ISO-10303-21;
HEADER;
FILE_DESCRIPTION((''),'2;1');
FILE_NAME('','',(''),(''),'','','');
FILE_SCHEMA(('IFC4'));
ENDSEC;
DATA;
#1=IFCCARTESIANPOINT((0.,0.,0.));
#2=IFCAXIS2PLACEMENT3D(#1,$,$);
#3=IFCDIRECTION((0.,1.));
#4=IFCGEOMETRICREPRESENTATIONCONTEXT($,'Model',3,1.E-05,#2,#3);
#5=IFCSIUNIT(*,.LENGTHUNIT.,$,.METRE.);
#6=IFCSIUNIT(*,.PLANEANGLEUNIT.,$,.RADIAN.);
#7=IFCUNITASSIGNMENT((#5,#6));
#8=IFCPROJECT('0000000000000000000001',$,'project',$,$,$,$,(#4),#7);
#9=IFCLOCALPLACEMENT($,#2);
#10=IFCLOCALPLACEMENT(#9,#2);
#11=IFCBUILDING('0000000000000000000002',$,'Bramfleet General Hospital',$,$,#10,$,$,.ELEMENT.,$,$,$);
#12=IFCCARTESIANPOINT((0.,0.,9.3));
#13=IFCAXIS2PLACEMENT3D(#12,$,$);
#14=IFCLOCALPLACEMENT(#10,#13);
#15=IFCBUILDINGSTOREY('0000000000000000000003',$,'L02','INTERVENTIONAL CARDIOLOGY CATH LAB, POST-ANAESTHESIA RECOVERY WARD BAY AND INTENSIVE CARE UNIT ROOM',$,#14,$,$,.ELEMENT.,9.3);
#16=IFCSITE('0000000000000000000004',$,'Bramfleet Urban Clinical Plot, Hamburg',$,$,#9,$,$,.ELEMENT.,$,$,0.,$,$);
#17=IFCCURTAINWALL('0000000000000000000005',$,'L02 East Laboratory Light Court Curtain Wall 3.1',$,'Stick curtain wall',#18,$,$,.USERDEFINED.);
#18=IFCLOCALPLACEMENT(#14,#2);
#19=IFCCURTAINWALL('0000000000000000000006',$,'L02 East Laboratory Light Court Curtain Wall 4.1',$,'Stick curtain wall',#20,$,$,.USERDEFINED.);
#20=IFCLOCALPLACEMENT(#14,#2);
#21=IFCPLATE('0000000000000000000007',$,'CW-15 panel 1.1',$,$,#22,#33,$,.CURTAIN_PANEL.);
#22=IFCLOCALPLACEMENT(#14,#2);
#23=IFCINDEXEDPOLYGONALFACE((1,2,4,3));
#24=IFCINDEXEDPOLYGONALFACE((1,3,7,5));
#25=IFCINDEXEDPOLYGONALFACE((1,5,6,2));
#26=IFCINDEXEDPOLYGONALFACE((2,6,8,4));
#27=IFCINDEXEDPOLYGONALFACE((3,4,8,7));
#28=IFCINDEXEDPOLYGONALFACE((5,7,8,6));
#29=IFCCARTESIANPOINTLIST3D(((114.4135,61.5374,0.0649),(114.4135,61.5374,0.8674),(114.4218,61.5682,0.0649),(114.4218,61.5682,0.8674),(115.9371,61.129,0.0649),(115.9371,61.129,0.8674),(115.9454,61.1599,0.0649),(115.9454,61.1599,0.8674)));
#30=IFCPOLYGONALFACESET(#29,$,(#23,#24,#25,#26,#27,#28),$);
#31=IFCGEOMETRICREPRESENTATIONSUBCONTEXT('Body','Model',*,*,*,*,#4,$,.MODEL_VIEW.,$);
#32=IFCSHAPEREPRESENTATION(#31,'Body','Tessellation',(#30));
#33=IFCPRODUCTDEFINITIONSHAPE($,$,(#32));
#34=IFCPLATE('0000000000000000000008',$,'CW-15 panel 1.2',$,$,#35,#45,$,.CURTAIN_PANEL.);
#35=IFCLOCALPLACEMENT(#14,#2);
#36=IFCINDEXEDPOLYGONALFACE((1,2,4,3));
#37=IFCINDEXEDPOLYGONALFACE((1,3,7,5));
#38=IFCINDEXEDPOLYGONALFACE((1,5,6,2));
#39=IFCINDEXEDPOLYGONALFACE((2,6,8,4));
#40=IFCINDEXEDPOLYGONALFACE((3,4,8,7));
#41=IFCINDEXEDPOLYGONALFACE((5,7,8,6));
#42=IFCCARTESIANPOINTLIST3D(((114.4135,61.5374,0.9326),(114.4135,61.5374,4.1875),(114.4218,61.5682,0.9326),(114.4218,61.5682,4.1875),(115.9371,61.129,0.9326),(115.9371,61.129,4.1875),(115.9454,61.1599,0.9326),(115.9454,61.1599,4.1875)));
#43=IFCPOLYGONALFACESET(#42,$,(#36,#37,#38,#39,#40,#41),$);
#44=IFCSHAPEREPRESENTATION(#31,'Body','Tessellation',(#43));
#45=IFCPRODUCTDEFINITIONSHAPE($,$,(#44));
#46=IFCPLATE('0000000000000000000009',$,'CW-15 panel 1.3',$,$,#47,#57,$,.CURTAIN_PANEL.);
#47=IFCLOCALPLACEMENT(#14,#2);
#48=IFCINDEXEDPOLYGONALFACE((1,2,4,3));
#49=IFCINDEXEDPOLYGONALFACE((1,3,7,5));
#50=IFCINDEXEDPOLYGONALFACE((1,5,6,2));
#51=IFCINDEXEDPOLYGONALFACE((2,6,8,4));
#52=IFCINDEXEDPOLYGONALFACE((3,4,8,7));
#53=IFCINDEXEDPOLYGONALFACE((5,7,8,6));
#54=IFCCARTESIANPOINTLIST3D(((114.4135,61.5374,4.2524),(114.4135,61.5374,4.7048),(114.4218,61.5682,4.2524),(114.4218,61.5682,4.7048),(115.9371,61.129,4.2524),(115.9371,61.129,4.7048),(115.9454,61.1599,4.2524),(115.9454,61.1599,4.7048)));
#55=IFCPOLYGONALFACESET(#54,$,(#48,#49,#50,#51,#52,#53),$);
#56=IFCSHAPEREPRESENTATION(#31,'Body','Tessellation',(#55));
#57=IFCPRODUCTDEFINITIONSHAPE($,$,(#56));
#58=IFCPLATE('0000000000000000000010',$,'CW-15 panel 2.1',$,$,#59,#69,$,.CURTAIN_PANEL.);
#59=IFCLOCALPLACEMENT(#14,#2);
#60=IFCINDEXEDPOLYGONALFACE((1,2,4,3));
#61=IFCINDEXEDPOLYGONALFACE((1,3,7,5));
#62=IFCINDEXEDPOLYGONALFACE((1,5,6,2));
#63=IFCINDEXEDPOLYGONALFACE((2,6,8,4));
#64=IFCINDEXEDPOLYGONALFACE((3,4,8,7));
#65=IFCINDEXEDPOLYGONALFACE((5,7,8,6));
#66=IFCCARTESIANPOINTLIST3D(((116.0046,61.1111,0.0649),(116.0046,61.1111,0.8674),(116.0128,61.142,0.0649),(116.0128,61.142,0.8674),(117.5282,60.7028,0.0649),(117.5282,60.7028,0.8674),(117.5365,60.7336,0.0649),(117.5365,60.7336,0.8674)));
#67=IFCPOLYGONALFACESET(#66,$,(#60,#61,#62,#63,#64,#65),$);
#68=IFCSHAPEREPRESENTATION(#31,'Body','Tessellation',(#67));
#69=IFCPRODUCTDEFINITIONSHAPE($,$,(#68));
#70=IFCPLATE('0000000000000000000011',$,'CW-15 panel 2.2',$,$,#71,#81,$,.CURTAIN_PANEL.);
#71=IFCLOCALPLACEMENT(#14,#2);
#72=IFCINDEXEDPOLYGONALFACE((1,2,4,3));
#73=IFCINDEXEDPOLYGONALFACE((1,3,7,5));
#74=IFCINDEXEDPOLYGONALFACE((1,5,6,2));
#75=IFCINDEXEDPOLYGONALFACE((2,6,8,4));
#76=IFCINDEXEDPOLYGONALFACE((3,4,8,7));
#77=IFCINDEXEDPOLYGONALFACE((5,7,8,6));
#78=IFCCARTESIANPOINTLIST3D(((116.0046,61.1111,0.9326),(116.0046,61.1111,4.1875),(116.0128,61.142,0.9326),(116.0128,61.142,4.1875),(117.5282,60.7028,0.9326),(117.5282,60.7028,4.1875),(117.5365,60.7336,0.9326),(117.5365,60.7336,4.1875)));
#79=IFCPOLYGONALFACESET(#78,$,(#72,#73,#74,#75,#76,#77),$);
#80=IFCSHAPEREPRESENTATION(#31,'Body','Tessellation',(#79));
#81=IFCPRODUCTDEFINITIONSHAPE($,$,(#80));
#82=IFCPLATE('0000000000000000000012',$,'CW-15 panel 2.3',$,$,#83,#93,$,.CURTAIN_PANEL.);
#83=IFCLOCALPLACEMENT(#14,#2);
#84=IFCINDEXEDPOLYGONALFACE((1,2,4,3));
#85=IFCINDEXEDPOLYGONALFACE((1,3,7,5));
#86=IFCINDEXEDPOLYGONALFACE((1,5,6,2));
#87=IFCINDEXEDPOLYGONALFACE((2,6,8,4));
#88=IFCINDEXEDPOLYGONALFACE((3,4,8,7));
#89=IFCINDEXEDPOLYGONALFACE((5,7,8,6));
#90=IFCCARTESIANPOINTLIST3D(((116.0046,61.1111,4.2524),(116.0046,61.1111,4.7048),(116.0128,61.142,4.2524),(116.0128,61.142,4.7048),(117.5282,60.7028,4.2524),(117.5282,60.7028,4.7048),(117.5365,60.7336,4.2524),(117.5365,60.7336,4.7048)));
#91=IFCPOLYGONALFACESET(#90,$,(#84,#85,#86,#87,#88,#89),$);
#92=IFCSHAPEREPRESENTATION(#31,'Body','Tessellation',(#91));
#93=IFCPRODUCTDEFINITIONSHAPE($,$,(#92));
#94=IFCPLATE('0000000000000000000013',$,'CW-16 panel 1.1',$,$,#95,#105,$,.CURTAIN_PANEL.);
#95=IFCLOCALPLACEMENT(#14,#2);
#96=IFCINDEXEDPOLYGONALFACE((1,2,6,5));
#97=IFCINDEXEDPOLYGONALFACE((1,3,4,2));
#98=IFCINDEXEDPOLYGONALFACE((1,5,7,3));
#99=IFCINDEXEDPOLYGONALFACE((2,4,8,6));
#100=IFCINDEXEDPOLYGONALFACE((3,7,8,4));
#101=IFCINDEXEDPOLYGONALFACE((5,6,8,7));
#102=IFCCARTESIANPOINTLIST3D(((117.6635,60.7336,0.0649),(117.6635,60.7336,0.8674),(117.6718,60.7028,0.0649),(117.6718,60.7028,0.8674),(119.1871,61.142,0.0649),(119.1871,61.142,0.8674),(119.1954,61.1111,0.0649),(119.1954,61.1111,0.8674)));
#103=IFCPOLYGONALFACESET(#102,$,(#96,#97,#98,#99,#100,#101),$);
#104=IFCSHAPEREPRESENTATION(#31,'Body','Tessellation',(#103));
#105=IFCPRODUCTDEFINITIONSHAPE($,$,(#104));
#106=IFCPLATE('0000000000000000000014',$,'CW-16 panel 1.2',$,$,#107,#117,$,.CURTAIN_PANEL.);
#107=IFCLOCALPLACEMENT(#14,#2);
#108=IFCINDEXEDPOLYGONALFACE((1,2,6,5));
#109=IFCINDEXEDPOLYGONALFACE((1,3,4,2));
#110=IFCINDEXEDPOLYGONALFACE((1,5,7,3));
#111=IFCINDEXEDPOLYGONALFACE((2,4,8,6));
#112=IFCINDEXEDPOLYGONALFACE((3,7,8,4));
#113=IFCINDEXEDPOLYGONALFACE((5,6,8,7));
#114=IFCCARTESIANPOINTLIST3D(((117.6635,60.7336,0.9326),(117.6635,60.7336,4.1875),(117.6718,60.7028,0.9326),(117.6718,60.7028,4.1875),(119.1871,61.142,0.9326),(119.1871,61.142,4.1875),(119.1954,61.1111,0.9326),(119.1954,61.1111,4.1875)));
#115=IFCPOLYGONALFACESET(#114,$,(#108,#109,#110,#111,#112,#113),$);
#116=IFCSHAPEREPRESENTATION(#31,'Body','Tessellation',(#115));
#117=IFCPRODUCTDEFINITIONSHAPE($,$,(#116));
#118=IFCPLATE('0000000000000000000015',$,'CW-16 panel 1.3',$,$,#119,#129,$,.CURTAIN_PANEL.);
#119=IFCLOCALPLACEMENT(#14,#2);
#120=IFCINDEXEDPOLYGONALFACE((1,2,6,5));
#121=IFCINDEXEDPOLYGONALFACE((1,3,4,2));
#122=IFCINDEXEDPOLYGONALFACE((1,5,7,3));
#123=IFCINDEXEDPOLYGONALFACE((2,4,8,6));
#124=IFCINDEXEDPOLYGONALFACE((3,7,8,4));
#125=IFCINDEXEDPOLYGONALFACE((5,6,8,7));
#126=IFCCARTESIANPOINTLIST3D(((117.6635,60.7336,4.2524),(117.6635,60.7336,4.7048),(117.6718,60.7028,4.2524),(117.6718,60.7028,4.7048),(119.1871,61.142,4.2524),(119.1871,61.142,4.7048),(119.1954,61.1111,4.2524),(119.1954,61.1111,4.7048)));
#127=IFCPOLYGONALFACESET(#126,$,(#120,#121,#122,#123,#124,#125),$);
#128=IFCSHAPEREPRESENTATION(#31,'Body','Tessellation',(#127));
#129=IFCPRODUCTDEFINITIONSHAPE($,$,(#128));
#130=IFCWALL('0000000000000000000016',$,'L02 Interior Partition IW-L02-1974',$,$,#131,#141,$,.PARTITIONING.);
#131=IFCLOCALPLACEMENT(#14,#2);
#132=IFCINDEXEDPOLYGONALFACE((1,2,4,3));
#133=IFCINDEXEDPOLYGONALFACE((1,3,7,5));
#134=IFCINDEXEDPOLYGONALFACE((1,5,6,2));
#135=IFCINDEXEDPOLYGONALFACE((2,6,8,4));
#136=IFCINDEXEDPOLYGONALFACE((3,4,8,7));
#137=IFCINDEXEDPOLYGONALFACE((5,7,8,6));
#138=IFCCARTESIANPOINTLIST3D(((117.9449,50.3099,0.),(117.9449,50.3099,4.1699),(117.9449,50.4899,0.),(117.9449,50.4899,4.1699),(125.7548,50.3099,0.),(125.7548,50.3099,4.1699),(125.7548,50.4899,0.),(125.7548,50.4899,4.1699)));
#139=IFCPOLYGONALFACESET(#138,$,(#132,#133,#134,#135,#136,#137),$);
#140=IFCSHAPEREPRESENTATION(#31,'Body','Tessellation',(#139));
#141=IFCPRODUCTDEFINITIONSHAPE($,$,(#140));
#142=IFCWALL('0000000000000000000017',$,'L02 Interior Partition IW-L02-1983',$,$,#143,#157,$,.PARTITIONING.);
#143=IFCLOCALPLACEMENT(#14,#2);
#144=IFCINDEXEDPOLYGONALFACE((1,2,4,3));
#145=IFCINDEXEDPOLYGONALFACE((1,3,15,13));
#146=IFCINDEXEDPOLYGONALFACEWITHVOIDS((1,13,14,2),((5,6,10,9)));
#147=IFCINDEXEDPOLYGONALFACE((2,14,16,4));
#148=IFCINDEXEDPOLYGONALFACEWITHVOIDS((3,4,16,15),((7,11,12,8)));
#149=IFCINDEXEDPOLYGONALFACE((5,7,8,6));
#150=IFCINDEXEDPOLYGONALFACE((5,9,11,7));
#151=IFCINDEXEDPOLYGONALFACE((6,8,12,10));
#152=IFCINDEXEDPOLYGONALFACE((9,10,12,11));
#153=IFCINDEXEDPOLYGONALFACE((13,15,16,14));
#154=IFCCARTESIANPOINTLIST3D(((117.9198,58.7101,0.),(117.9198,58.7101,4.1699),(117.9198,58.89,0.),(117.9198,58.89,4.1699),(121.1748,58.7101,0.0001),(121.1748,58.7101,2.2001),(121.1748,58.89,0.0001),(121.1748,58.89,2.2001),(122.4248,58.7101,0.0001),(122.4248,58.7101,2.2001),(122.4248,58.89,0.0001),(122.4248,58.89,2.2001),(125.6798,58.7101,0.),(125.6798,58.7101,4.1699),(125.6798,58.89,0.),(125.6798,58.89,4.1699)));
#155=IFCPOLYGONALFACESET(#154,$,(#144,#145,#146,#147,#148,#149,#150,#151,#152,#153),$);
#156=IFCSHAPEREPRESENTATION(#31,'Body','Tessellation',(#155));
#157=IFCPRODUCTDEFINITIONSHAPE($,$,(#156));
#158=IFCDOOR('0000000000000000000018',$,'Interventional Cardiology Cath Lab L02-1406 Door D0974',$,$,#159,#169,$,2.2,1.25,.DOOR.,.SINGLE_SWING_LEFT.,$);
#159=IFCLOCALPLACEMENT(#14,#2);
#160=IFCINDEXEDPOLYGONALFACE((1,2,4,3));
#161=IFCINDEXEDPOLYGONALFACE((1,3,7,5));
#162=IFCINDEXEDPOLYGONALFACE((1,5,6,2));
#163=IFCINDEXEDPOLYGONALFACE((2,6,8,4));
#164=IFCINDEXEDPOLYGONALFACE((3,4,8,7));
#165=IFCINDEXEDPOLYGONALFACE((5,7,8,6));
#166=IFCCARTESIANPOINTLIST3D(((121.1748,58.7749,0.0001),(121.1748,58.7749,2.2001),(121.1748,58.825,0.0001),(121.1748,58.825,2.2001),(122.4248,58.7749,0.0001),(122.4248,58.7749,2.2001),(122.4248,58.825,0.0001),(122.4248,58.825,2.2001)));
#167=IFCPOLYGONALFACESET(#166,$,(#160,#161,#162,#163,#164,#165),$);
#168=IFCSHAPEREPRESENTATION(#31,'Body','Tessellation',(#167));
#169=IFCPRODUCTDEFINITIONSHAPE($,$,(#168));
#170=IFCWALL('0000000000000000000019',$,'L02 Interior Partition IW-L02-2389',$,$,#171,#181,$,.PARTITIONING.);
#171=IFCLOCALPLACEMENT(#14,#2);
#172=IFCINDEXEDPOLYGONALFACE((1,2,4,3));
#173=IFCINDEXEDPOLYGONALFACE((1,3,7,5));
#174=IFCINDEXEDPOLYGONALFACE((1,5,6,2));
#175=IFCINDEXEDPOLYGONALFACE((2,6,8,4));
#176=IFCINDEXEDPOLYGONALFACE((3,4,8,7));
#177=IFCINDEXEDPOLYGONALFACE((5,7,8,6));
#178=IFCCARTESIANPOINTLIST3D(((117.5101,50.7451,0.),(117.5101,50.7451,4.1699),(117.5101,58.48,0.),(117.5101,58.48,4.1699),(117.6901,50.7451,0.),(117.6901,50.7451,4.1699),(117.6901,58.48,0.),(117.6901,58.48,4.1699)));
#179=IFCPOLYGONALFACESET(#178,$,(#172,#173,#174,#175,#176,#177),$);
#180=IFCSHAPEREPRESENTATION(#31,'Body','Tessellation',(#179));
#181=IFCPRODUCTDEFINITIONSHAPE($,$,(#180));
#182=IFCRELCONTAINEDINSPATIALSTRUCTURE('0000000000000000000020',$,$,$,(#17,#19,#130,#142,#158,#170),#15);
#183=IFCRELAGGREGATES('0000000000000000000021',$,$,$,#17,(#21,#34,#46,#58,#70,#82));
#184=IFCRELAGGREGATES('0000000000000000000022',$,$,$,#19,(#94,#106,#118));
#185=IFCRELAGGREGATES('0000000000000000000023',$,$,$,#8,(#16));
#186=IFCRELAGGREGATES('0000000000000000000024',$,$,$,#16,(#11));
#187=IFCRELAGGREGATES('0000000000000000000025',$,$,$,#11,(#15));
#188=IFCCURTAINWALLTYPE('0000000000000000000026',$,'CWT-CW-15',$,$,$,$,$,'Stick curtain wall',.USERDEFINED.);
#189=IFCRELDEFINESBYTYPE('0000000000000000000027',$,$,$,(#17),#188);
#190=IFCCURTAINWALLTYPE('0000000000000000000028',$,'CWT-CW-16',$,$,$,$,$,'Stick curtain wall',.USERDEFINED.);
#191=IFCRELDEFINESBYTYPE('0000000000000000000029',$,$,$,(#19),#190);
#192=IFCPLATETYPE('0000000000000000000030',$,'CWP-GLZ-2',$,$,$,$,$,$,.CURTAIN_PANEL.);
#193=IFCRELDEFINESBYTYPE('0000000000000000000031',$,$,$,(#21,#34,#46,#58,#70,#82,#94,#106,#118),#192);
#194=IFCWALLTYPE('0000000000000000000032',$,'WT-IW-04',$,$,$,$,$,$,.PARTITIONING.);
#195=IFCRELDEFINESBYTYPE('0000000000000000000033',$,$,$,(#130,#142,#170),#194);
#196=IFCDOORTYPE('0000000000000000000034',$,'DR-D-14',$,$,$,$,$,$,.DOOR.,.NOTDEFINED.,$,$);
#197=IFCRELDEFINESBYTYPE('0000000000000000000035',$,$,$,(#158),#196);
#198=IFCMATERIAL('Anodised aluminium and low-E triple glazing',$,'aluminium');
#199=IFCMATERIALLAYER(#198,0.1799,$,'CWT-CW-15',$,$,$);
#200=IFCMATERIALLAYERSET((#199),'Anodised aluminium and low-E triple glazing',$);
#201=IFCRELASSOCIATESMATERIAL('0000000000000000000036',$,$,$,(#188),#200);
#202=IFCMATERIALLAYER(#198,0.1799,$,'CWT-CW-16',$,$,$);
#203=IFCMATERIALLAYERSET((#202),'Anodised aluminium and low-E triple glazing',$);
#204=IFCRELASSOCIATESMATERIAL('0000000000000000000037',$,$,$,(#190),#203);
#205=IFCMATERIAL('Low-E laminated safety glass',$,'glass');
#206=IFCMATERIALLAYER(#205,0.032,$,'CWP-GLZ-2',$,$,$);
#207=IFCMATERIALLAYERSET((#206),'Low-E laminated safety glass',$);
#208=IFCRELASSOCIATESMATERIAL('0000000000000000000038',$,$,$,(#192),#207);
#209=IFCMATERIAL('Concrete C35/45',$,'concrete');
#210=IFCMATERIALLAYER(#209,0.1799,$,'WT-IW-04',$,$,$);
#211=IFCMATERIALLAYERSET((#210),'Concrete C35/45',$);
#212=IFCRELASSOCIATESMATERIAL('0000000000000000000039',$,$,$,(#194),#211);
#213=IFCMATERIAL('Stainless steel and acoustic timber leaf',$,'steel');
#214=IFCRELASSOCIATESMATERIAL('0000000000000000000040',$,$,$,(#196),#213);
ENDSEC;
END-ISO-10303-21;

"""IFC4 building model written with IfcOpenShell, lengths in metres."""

from ifc_helpers import new_model, si_unit, direction, frame, frame_2d, origin, origin_2d, place, context, subcontext, project, spatial, rectangle, extrude, material, layer, layer_set, type_object, element, fill, aggregate, save


model = new_model("IFC4")

# Units and contexts
model_context = context("Model", 3, precision=1e-05, world=origin(), true_north=direction((0.0, 1.0)))
body_context = subcontext(model_context, "Body", "Model", "MODEL_VIEW")
ifc_project = project(units=[si_unit("LENGTHUNIT", "METRE"), si_unit("PLANEANGLEUNIT", "RADIAN")], contexts=[model_context])

# Site, building, storey
site_placement = place(None, origin())
site = spatial("IfcSite", under=ifc_project, at=site_placement, Name="Bramfleet Urban Clinical Plot, Hamburg", CompositionType="ELEMENT", RefElevation=0.0)
building_placement = place(site_placement, origin())
building = spatial("IfcBuilding", under=site, at=building_placement, Name="Bramfleet General Hospital", CompositionType="ELEMENT")
storey_placement = place(building_placement, frame((0.0, 0.0, 9.3)))
storey = spatial("IfcBuildingStorey", under=building, at=storey_placement, Name="L02", Description="INTERVENTIONAL CARDIOLOGY CATH LAB, POST-ANAESTHESIA RECOVERY WARD BAY AND INTENSIVE CARE UNIT ROOM", CompositionType="ELEMENT", Elevation=9.3)

# Shared definitions
ifc_material_1 = material(Name="Concrete C35/45", Category="concrete")

# Curtain walls
ifc_material_2 = material(Name="Anodised aluminium and low-E triple glazing", Category="aluminium")
ifc_layer_1 = layer(ifc_material_2, 0.1799, Name="CWT-CW-15")
ifc_layer_set_1 = layer_set([ifc_layer_1], Name="Anodised aluminium and low-E triple glazing")
curtain_wall_type_1 = type_object("IfcCurtainWallType", Name="CWT-CW-15", ElementType="Stick curtain wall", PredefinedType="USERDEFINED", material=ifc_layer_set_1)
curtain_wall_1_placement = place(storey_placement, origin())
curtain_wall_1 = element("IfcCurtainWall", 1, at=curtain_wall_1_placement, inside=storey, type_object=curtain_wall_type_1, Name="L02 East Laboratory Light Court Curtain Wall 3.1", ObjectType="Stick curtain wall", PredefinedType="USERDEFINED")
ifc_layer_2 = layer(ifc_material_2, 0.1799, Name="CWT-CW-16")
ifc_layer_set_2 = layer_set([ifc_layer_2], Name="Anodised aluminium and low-E triple glazing")
curtain_wall_type_2 = type_object("IfcCurtainWallType", Name="CWT-CW-16", ElementType="Stick curtain wall", PredefinedType="USERDEFINED", material=ifc_layer_set_2)
curtain_wall_2_placement = place(storey_placement, origin())
curtain_wall_2 = element("IfcCurtainWall", 2, at=curtain_wall_2_placement, inside=storey, type_object=curtain_wall_type_2, Name="L02 East Laboratory Light Court Curtain Wall 4.1", ObjectType="Stick curtain wall", PredefinedType="USERDEFINED")

# Plates
ifc_material_3 = material(Name="Low-E laminated safety glass", Category="glass")
ifc_layer_3 = layer(ifc_material_3, 0.032, Name="CWP-GLZ-2")
ifc_layer_set_3 = layer_set([ifc_layer_3], Name="Low-E laminated safety glass")
plate_type = type_object("IfcPlateType", Name="CWP-GLZ-2", PredefinedType="CURTAIN_PANEL", material=ifc_layer_set_3)
plate_1_placement = place(storey_placement, frame((115.1794, 61.3486, 0.0649), z_axis=(0.0, 0.0, 1.0), x_axis=(0.965914, -0.258865, 0.0)))
plate_1 = element("IfcPlate", 3, at=plate_1_placement, type_object=plate_type, Name="CW-15 panel 1.1", PredefinedType="CURTAIN_PANEL", context=body_context, shape_type="SweptSolid", body=[
    extrude(rectangle(XDim=1.5774, YDim=0.032, at=origin_2d()), origin(), (0.0, 0.0, 1.0), 0.8025),
])
plate_2_placement = place(storey_placement, frame((115.1794, 61.3486, 0.9326), z_axis=(0.0, 0.0, 1.0), x_axis=(0.965914, -0.258865, 0.0)))
plate_2 = element("IfcPlate", 4, at=plate_2_placement, type_object=plate_type, Name="CW-15 panel 1.2", PredefinedType="CURTAIN_PANEL", context=body_context, shape_type="SweptSolid", body=[
    extrude(rectangle(XDim=1.5774, YDim=0.032, at=origin_2d()), origin(), (0.0, 0.0, 1.0), 3.2549),
])
plate_3_placement = place(storey_placement, frame((115.1794, 61.3486, 4.2524), z_axis=(0.0, 0.0, 1.0), x_axis=(0.965914, -0.258865, 0.0)))
plate_3 = element("IfcPlate", 5, at=plate_3_placement, type_object=plate_type, Name="CW-15 panel 1.3", PredefinedType="CURTAIN_PANEL", context=body_context, shape_type="SweptSolid", body=[
    extrude(rectangle(XDim=1.5774, YDim=0.032, at=origin_2d()), origin(), (0.0, 0.0, 1.0), 0.4524),
])
plate_4_placement = place(storey_placement, frame((116.7705, 60.9224, 0.0649), z_axis=(0.0, 0.0, 1.0), x_axis=(0.965914, -0.258865, 0.0)))
plate_4 = element("IfcPlate", 6, at=plate_4_placement, type_object=plate_type, Name="CW-15 panel 2.1", PredefinedType="CURTAIN_PANEL", context=body_context, shape_type="SweptSolid", body=[
    extrude(rectangle(XDim=1.5774, YDim=0.032, at=origin_2d()), origin(), (0.0, 0.0, 1.0), 0.8025),
])
plate_5_placement = place(storey_placement, frame((116.7705, 60.9224, 0.9326), z_axis=(0.0, 0.0, 1.0), x_axis=(0.965914, -0.258865, 0.0)))
plate_5 = element("IfcPlate", 7, at=plate_5_placement, type_object=plate_type, Name="CW-15 panel 2.2", PredefinedType="CURTAIN_PANEL", context=body_context, shape_type="SweptSolid", body=[
    extrude(rectangle(XDim=1.5774, YDim=0.032, at=origin_2d()), origin(), (0.0, 0.0, 1.0), 3.2549),
])
plate_6_placement = place(storey_placement, frame((116.7705, 60.9224, 4.2524), z_axis=(0.0, 0.0, 1.0), x_axis=(0.965914, -0.258865, 0.0)))
plate_6 = element("IfcPlate", 8, at=plate_6_placement, type_object=plate_type, Name="CW-15 panel 2.3", PredefinedType="CURTAIN_PANEL", context=body_context, shape_type="SweptSolid", body=[
    extrude(rectangle(XDim=1.5774, YDim=0.032, at=origin_2d()), origin(), (0.0, 0.0, 1.0), 0.4524),
])
aggregate(curtain_wall_1, [plate_1, plate_2, plate_3, plate_4, plate_5, plate_6])
plate_7_placement = place(storey_placement, frame((118.4294, 60.9224, 0.0649), z_axis=(0.0, 0.0, 1.0), x_axis=(0.965914, 0.258865, 0.0)))
plate_7 = element("IfcPlate", 9, at=plate_7_placement, type_object=plate_type, Name="CW-16 panel 1.1", PredefinedType="CURTAIN_PANEL", context=body_context, shape_type="SweptSolid", body=[
    extrude(rectangle(XDim=1.5774, YDim=0.032, at=origin_2d()), origin(), (0.0, 0.0, 1.0), 0.8025),
])
plate_8_placement = place(storey_placement, frame((118.4294, 60.9224, 0.9326), z_axis=(0.0, 0.0, 1.0), x_axis=(0.965914, 0.258865, 0.0)))
plate_8 = element("IfcPlate", 10, at=plate_8_placement, type_object=plate_type, Name="CW-16 panel 1.2", PredefinedType="CURTAIN_PANEL", context=body_context, shape_type="SweptSolid", body=[
    extrude(rectangle(XDim=1.5774, YDim=0.032, at=origin_2d()), origin(), (0.0, 0.0, 1.0), 3.2549),
])
plate_9_placement = place(storey_placement, frame((118.4294, 60.9224, 4.2524), z_axis=(0.0, 0.0, 1.0), x_axis=(0.965914, 0.258865, 0.0)))
plate_9 = element("IfcPlate", 11, at=plate_9_placement, type_object=plate_type, Name="CW-16 panel 1.3", PredefinedType="CURTAIN_PANEL", context=body_context, shape_type="SweptSolid", body=[
    extrude(rectangle(XDim=1.5774, YDim=0.032, at=origin_2d()), origin(), (0.0, 0.0, 1.0), 0.4524),
])
aggregate(curtain_wall_2, [plate_7, plate_8, plate_9])

# Wall
ifc_layer_4 = layer(ifc_material_1, 0.1799, Name="WT-IW-04")
ifc_layer_set_4 = layer_set([ifc_layer_4], Name="Concrete C35/45")
wall_type = type_object("IfcWallType", Name="WT-IW-04", PredefinedType="PARTITIONING", material=ifc_layer_set_4)
wall_1_placement = place(storey_placement, frame((117.9451, 50.3999, 0.0), z_axis=(0.0, 0.0, 1.0), x_axis=(1.0, 0.0, 0.0)))
element("IfcWall", 12, at=wall_1_placement, inside=storey, type_object=wall_type, Name="L02 Interior Partition IW-L02-1974", PredefinedType="PARTITIONING", context=body_context, shape_type="SweptSolid", body=[
    extrude(rectangle(XDim=7.8098, YDim=0.1799, at=frame_2d((3.9048, 0.0))), origin(), (0.0, 0.0, 1.0), 4.1699),
])

# Wall, opening, door
wall_2_placement = place(storey_placement, frame((117.9199, 58.8, 0.0), z_axis=(0.0, 0.0, 1.0), x_axis=(1.0, 0.0, 0.0)))
wall_2 = element("IfcWall", 13, at=wall_2_placement, inside=storey, type_object=wall_type, Name="L02 Interior Partition IW-L02-1983", PredefinedType="PARTITIONING", context=body_context, shape_type="SweptSolid", body=[
    extrude(rectangle(XDim=7.76, YDim=0.1799, at=frame_2d((3.8799, 0.0))), origin(), (0.0, 0.0, 1.0), 4.1699),
])
opening_placement = place(wall_2_placement, frame((3.2549, 0.0, 0.0)))
opening = element("IfcOpeningElement", 14, at=opening_placement, cuts=wall_2, PredefinedType="OPENING", context=body_context, shape_type="SweptSolid", body=[
    extrude(rectangle(XDim=1.25, YDim=2.2, at=frame_2d((0.625, 1.1001))), frame((0.0, 0.0999, 0.0), z_axis=(0.0, -1.0, 0.0), x_axis=(1.0, 0.0, 0.0)), (0.0, 0.0, 1.0), 0.2),
])
ifc_material_4 = material(Name="Stainless steel and acoustic timber leaf", Category="steel")
door_type = type_object("IfcDoorType", Name="DR-D-14", OperationType="NOTDEFINED", PredefinedType="DOOR", material=ifc_material_4)
door_placement = place(opening_placement, origin())
door = element("IfcDoor", 15, at=door_placement, inside=storey, type_object=door_type, Name="Interventional Cardiology Cath Lab L02-1406 Door D0974", OperationType="SINGLE_SWING_LEFT", OverallHeight=2.2, OverallWidth=1.25, PredefinedType="DOOR", context=body_context, shape_type="SweptSolid", body=[
    extrude(rectangle(XDim=1.25, YDim=2.2, at=frame_2d((0.625, 1.1001))), frame((0.0, 0.0249, 0.0), z_axis=(0.0, -1.0, 0.0), x_axis=(1.0, 0.0, 0.0)), (0.0, 0.0, 1.0), 0.05),
])
fill(opening, door)

# Wall
wall_3_placement = place(storey_placement, frame((117.6001, 50.7451, 0.0), z_axis=(0.0, 0.0, 1.0), x_axis=(0.0, 1.0, 0.0)))
element("IfcWall", 16, at=wall_3_placement, inside=storey, type_object=wall_type, Name="L02 Interior Partition IW-L02-2389", PredefinedType="PARTITIONING", context=body_context, shape_type="SweptSolid", body=[
    extrude(rectangle(XDim=7.7349, YDim=0.1799, at=frame_2d((3.8674, 0.0))), origin(), (0.0, 0.0, 1.0), 4.1699),
])

save(model, "model.ifc")
